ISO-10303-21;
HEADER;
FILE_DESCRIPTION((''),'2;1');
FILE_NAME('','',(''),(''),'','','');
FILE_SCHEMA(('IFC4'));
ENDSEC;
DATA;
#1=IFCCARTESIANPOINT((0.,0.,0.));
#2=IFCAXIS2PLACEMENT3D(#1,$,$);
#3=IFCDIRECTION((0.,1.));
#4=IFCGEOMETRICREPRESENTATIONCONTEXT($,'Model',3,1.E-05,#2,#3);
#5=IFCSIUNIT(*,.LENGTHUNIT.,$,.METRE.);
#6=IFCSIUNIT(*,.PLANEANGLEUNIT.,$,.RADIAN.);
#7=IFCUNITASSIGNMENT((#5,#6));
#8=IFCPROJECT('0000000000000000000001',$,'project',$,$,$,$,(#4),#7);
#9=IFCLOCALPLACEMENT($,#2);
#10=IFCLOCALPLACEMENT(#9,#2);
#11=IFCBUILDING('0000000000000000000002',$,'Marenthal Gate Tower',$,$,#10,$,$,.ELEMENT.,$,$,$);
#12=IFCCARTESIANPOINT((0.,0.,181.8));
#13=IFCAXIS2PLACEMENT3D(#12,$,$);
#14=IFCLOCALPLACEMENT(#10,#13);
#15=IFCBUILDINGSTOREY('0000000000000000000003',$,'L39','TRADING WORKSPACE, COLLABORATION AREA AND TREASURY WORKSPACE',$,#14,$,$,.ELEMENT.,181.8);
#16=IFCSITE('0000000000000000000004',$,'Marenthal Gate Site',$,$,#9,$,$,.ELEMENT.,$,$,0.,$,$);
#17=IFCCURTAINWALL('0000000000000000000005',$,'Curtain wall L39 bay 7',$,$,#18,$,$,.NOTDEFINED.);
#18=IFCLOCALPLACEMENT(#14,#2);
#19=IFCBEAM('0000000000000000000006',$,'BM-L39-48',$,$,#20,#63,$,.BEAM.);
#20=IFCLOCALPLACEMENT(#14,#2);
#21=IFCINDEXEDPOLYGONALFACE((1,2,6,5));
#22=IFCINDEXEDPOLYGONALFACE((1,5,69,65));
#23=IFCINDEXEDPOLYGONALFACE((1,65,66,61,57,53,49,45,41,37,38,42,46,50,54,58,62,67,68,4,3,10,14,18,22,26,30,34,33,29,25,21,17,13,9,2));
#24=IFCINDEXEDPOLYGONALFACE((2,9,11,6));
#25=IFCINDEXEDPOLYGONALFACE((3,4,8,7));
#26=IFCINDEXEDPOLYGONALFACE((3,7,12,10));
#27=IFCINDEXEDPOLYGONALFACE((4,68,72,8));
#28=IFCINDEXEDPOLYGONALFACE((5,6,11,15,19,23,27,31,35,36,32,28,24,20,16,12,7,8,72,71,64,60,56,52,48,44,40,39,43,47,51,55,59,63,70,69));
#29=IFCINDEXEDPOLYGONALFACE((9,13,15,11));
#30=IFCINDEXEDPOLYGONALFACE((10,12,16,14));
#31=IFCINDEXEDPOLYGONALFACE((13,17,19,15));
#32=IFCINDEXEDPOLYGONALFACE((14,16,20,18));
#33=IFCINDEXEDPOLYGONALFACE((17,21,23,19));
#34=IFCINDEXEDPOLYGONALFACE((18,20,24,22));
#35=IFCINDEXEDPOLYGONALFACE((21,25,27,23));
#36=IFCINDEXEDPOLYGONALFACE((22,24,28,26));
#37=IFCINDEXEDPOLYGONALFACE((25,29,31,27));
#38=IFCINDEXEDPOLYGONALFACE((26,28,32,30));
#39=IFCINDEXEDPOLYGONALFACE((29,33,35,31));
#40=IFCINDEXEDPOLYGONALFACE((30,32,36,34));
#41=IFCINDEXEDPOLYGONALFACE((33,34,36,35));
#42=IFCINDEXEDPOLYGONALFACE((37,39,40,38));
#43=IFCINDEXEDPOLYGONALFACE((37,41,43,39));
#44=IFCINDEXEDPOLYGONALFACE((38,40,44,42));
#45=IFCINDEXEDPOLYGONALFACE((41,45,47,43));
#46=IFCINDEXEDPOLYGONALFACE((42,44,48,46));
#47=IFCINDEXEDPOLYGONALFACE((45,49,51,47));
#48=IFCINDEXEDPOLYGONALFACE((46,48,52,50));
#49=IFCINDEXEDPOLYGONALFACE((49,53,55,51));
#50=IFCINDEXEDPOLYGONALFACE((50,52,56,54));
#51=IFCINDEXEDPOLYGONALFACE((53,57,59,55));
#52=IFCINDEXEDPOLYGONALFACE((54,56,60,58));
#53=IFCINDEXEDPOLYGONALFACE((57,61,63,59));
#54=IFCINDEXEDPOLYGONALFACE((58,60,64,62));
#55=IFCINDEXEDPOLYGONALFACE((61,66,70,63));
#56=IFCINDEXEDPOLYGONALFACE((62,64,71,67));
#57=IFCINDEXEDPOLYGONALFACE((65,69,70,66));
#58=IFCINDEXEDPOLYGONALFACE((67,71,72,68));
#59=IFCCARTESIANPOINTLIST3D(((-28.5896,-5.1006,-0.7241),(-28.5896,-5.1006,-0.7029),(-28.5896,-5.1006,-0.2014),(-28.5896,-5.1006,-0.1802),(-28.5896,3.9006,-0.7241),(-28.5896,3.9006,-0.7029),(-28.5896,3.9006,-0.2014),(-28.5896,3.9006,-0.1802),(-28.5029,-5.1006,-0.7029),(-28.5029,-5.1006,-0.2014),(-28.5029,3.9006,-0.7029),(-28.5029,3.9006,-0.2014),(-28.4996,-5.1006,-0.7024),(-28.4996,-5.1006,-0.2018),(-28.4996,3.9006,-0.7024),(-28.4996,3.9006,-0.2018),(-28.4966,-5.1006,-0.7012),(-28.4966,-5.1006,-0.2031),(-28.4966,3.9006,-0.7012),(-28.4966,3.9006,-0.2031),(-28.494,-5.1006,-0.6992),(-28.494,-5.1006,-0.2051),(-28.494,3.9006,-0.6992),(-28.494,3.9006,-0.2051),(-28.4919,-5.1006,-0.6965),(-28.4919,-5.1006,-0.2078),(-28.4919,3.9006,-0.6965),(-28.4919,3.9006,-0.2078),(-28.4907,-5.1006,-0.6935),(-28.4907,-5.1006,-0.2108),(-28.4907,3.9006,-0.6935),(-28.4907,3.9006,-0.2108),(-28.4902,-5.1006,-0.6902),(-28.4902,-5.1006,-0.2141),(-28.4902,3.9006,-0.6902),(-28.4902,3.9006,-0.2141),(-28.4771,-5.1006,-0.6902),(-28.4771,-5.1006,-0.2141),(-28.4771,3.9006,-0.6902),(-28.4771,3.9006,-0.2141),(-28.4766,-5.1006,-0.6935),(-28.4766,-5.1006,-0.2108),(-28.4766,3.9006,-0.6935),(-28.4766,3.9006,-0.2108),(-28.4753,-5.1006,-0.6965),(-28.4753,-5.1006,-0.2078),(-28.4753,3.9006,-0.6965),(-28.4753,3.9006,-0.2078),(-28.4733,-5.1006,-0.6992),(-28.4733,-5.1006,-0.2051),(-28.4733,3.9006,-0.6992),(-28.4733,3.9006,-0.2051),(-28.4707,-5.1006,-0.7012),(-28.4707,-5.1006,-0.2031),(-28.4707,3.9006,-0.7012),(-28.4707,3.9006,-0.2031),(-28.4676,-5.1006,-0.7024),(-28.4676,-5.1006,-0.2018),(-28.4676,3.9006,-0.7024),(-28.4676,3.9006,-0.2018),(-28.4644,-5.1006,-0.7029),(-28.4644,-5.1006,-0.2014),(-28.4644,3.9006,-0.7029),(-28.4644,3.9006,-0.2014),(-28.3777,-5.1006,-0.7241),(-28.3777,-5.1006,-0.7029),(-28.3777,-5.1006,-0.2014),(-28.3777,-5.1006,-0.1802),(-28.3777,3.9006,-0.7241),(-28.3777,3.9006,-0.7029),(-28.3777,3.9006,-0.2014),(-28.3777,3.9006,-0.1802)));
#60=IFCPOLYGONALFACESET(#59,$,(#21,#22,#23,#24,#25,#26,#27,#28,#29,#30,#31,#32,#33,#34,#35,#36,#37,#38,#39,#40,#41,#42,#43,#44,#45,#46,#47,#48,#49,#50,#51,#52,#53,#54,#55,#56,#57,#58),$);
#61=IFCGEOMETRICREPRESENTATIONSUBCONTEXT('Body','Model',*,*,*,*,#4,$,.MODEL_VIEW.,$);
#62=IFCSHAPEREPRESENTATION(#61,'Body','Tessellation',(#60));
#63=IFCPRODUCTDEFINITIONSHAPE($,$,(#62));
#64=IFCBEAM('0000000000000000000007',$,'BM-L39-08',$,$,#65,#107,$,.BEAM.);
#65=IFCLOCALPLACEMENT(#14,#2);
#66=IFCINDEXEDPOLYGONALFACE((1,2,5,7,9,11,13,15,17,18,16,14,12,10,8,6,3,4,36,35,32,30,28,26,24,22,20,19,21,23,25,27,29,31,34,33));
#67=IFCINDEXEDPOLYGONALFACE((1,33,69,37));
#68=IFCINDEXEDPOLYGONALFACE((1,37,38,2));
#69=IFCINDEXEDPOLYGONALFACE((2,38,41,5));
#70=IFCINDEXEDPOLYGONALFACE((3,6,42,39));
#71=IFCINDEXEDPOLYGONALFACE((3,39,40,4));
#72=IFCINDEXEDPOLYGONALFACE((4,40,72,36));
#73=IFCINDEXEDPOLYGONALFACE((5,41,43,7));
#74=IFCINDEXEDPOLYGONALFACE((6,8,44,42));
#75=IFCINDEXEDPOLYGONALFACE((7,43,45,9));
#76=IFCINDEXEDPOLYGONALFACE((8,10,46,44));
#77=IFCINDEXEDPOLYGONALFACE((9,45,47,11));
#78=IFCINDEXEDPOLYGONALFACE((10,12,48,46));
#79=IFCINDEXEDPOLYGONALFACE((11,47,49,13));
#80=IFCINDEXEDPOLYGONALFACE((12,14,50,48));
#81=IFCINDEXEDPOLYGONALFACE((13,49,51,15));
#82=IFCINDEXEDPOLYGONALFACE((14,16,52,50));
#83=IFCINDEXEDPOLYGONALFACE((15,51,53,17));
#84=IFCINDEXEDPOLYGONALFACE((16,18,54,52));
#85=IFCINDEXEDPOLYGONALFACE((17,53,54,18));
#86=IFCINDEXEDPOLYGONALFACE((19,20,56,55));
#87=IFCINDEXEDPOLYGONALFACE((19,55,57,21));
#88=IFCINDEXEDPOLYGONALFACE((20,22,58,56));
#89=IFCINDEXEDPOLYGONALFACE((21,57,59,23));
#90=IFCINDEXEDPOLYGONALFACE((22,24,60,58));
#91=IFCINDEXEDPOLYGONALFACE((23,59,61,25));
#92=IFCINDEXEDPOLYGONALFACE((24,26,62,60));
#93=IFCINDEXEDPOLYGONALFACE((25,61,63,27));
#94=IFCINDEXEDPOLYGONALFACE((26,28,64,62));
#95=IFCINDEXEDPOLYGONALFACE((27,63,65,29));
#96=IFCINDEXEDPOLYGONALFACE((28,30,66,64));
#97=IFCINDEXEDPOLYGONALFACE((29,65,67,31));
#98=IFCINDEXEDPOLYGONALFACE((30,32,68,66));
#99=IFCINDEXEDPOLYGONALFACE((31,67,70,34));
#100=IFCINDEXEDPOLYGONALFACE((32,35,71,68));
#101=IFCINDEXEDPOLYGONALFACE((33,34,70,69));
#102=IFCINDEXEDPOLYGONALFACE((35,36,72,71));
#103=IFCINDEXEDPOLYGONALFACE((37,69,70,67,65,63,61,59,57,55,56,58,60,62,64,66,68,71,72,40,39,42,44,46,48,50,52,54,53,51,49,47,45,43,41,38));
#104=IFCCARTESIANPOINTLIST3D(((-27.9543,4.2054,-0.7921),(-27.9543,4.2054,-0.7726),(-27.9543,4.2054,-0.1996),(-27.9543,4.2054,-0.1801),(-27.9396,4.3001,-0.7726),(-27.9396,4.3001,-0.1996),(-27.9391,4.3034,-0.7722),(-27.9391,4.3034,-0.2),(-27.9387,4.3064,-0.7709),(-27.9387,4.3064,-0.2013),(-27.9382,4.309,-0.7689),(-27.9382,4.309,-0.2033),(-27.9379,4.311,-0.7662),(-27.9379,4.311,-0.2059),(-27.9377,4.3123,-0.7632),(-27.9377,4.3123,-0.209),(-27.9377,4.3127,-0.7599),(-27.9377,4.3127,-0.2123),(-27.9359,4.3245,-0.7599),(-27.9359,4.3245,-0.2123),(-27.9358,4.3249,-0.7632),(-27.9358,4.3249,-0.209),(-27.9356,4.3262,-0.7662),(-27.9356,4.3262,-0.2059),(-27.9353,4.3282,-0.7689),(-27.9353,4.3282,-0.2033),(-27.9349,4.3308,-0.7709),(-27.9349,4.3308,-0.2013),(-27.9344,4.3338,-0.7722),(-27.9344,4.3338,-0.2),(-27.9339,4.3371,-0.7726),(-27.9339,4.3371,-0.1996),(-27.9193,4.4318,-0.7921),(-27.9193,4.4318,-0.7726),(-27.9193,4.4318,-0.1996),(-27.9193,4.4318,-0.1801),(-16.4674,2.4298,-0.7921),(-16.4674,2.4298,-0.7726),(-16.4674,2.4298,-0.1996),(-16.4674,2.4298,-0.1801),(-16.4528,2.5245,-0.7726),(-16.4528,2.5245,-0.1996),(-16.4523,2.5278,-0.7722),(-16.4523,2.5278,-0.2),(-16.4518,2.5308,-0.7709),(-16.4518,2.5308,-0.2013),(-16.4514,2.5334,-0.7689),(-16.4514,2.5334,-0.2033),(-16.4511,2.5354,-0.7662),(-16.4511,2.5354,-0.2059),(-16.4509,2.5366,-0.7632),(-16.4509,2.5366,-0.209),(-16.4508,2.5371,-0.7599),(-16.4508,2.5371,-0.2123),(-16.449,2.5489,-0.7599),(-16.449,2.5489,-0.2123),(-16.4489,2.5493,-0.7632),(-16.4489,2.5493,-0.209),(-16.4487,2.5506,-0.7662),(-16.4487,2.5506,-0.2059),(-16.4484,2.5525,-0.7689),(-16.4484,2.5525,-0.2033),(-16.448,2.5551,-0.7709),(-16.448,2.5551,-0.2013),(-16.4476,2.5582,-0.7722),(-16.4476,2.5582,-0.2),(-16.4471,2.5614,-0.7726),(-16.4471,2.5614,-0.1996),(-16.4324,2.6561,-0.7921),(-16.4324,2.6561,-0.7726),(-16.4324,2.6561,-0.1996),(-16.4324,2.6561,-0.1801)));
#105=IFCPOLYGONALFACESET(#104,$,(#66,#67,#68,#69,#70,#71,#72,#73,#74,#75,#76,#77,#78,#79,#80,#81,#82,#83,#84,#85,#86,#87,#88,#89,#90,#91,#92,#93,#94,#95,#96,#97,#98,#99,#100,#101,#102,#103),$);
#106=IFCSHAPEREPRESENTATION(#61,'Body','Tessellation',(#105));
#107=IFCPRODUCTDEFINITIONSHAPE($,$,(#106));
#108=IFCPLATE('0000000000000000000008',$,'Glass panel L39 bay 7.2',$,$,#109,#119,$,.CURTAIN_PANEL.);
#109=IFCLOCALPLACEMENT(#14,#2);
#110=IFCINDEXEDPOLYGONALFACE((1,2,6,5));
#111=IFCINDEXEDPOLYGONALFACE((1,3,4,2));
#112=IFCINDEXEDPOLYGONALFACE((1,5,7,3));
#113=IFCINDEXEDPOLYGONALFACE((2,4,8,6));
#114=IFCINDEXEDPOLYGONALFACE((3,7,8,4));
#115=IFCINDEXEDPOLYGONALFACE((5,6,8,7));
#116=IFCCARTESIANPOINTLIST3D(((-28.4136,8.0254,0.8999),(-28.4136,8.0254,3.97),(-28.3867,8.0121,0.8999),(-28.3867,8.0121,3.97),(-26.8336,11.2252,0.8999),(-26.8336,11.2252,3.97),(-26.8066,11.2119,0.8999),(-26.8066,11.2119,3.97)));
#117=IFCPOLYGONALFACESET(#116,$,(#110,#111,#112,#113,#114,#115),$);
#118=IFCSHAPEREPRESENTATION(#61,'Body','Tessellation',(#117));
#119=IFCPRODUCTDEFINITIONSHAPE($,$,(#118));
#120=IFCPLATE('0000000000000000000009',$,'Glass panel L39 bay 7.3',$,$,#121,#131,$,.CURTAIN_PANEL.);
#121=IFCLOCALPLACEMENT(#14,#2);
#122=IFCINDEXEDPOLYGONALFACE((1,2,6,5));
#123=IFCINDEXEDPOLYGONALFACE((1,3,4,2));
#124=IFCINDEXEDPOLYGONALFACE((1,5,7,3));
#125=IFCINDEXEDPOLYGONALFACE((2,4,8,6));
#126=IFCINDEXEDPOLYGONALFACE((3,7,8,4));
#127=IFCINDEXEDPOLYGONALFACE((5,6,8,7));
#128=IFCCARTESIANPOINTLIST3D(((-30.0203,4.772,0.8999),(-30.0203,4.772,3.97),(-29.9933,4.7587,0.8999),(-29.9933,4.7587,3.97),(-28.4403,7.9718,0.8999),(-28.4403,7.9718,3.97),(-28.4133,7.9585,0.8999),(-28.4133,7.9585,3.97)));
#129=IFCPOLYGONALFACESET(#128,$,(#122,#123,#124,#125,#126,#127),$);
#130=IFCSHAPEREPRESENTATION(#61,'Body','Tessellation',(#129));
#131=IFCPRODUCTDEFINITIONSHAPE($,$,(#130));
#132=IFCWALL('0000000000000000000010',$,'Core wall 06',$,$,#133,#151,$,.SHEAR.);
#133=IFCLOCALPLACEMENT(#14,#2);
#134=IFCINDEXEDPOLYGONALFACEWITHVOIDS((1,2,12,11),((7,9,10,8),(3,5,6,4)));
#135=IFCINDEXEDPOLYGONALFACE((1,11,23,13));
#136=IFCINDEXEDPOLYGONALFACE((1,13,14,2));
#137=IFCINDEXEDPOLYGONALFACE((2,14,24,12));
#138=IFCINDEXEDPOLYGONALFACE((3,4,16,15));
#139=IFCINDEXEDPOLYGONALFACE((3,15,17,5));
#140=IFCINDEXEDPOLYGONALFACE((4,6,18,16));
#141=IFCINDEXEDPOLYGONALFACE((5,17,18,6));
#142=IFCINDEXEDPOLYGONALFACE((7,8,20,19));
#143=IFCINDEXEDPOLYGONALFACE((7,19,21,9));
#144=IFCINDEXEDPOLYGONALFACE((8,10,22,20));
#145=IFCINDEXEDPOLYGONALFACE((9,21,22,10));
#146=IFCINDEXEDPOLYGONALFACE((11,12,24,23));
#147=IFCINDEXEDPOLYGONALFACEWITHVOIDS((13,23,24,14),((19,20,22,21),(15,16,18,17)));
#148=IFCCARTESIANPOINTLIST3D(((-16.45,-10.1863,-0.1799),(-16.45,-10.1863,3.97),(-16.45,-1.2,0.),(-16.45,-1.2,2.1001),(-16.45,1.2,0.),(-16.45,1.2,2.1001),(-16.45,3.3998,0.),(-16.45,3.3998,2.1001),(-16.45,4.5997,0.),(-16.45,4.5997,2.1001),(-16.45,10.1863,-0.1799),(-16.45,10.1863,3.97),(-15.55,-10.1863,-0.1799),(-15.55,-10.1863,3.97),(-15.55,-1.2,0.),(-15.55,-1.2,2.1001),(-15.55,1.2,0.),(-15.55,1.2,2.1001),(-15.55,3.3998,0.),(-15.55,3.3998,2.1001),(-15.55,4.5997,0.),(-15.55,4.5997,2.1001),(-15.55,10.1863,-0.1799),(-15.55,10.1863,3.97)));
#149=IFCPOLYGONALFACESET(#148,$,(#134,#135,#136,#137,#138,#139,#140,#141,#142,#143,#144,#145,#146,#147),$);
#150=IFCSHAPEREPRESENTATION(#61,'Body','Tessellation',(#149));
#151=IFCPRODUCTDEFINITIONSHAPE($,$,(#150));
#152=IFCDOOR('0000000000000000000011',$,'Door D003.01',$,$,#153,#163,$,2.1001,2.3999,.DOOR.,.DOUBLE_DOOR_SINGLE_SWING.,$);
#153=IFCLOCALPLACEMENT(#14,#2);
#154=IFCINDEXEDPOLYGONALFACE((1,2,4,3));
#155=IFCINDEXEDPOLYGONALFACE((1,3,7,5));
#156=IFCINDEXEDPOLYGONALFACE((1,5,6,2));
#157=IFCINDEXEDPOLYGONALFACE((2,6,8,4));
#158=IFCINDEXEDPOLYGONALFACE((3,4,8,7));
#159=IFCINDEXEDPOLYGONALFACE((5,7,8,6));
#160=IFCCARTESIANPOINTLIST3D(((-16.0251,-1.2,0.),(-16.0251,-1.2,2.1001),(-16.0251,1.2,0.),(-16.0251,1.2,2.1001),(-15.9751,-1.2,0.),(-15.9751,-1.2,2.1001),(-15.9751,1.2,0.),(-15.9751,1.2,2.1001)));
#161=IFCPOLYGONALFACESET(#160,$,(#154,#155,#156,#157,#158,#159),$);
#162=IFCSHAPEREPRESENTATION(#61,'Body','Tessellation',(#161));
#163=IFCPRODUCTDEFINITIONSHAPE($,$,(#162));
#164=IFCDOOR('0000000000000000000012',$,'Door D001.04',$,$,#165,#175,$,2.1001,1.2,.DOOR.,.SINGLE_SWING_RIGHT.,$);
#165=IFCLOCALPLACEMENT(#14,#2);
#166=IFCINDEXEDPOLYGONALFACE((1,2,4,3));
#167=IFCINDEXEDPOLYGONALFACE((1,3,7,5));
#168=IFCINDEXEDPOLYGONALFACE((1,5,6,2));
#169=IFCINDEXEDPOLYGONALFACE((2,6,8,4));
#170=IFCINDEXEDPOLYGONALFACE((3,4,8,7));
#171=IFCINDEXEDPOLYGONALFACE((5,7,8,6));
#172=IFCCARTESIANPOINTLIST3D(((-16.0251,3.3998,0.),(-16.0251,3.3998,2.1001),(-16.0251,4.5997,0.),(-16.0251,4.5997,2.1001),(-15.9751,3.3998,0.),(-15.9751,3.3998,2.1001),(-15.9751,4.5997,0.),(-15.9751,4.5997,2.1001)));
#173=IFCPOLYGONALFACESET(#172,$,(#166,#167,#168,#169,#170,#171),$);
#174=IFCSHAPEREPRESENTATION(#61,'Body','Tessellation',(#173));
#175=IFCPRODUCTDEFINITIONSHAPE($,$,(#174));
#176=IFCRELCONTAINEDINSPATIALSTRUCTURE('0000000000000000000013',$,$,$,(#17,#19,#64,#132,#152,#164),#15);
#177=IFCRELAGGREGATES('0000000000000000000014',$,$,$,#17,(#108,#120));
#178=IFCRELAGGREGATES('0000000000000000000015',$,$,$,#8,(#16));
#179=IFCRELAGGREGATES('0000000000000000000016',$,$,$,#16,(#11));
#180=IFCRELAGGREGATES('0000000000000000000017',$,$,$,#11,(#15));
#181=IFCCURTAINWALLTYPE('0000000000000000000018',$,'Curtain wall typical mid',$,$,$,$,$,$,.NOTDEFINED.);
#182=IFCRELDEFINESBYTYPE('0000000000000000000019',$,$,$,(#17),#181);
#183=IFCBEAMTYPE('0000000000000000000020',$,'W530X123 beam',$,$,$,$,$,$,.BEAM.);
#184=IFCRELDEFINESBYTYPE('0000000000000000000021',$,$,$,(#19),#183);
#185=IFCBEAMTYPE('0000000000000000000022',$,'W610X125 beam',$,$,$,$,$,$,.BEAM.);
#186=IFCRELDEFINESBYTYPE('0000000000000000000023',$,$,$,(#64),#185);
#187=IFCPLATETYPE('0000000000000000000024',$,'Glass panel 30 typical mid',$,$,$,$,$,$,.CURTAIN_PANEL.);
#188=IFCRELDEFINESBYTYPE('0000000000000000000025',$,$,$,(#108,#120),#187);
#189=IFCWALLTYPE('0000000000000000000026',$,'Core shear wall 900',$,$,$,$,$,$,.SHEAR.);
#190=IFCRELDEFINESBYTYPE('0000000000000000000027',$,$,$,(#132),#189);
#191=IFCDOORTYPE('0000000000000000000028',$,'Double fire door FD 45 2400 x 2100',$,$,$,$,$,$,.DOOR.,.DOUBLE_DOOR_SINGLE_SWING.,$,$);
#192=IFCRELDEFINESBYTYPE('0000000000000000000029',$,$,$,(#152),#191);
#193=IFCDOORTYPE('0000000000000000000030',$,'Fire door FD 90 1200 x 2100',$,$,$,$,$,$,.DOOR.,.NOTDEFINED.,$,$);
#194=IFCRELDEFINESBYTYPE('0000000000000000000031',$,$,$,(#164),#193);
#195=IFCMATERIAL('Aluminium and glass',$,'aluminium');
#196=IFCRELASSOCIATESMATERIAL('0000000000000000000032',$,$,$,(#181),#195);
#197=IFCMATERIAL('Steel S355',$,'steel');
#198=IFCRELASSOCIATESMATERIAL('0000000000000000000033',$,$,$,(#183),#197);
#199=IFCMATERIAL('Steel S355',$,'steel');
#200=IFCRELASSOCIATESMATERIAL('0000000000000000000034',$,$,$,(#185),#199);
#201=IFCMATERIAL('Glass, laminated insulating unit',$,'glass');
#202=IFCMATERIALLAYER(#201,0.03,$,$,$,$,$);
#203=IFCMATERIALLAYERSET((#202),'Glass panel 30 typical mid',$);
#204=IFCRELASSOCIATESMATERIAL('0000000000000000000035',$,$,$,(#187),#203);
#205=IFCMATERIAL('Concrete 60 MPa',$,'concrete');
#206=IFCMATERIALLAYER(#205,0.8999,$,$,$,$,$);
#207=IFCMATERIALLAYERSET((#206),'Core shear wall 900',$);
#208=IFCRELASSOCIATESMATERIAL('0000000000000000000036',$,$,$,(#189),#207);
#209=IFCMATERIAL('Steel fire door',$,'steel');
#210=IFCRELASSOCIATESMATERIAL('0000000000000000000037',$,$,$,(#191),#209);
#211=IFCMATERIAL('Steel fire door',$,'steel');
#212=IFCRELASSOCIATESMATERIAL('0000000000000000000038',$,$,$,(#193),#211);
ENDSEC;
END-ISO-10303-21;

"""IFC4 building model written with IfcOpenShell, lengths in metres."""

from ifc_helpers import new_model, si_unit, direction, frame, frame_2d, origin, origin_2d, place, context, subcontext, project, spatial, rectangle, i_section, extrude, material, layer, layer_set, material_profile, profile_set, type_object, element, fill, aggregate, save


model = new_model("IFC4")

# Units and contexts
model_context = context("Model", 3, precision=1e-05, world=origin(), true_north=direction((0.0, 1.0)))
body_context = subcontext(model_context, "Body", "Model", "MODEL_VIEW")
ifc_project = project(units=[si_unit("LENGTHUNIT", "METRE"), si_unit("PLANEANGLEUNIT", "RADIAN")], contexts=[model_context])

# Site, building, storey
site_placement = place(None, origin())
site = spatial("IfcSite", under=ifc_project, at=site_placement, Name="Marenthal Gate Site", CompositionType="ELEMENT", RefElevation=0.0)
building_placement = place(site_placement, origin())
building = spatial("IfcBuilding", under=site, at=building_placement, Name="Marenthal Gate Tower", CompositionType="ELEMENT")
storey_placement = place(building_placement, frame((0.0, 0.0, 181.8)))
storey = spatial("IfcBuildingStorey", under=building, at=storey_placement, Name="L39", Description="TRADING WORKSPACE, COLLABORATION AREA AND TREASURY WORKSPACE", CompositionType="ELEMENT", Elevation=181.8)

# Curtain wall
ifc_material_1 = material(Name="Aluminium and glass", Category="aluminium")
curtain_wall_type = type_object("IfcCurtainWallType", Name="Curtain wall typical mid", PredefinedType="NOTDEFINED", material=ifc_material_1)
curtain_wall_placement = place(storey_placement, origin())
curtain_wall = element("IfcCurtainWall", 1, at=curtain_wall_placement, inside=storey, type_object=curtain_wall_type, Name="Curtain wall L39 bay 7", PredefinedType="NOTDEFINED")

# Beams
ifc_material_2 = material(Name="Steel S355", Category="steel")
ifc_material_profile_1 = material_profile(ifc_material_2, i_section(OverallWidth=0.2119, OverallDepth=0.5439, WebThickness=0.0132, FlangeThickness=0.0212, FilletRadius=0.0127, at=origin_2d()), Name="W530X123")
ifc_profile_set_1 = profile_set([ifc_material_profile_1], Name="Steel S355")
beam_type_1 = type_object("IfcBeamType", Name="W530X123 beam", PredefinedType="BEAM", material=ifc_profile_set_1)
beam_1_placement = place(storey_placement, frame((-28.4836, 3.9006, -0.4521), z_axis=(0.0, -1.0, 0.0), x_axis=(1.0, 0.0, 0.0)))
element("IfcBeam", 2, at=beam_1_placement, inside=storey, type_object=beam_type_1, Name="BM-L39-48", PredefinedType="BEAM", context=body_context, shape_type="SweptSolid", body=[
    extrude(i_section(OverallWidth=0.2119, OverallDepth=0.5439, WebThickness=0.0132, FlangeThickness=0.0212, FilletRadius=0.0127, at=origin_2d()), origin(), (0.0, 0.0, 1.0), 9.0012),
])
ifc_material_3 = material(Name="Steel S355", Category="steel")
ifc_material_profile_2 = material_profile(ifc_material_3, i_section(OverallWidth=0.229, OverallDepth=0.6121, WebThickness=0.012, FlangeThickness=0.0195, FilletRadius=0.0127, at=origin_2d()), Name="W610X125")
ifc_profile_set_2 = profile_set([ifc_material_profile_2], Name="Steel S355")
beam_type_2 = type_object("IfcBeamType", Name="W610X125 beam", PredefinedType="BEAM", material=ifc_profile_set_2)
beam_2_placement = place(storey_placement, frame((-27.9368, 4.3186, -0.4861), z_axis=(0.988262, -0.152766, 0.0), x_axis=(0.152766, 0.988262, 0.0)))
element("IfcBeam", 3, at=beam_2_placement, inside=storey, type_object=beam_type_2, Name="BM-L39-08", PredefinedType="BEAM", context=body_context, shape_type="SweptSolid", body=[
    extrude(i_section(OverallWidth=0.229, OverallDepth=0.6121, WebThickness=0.012, FlangeThickness=0.0195, FilletRadius=0.0127, at=origin_2d()), origin(), (0.0, 0.0, 1.0), 11.6233),
])

# Plates
ifc_material_4 = material(Name="Glass, laminated insulating unit", Category="glass")
ifc_layer_1 = layer(ifc_material_4, 0.03)
ifc_layer_set_1 = layer_set([ifc_layer_1], Name="Glass panel 30 typical mid")
plate_type = type_object("IfcPlateType", Name="Glass panel 30 typical mid", PredefinedType="CURTAIN_PANEL", material=ifc_layer_set_1)
plate_1_placement = place(storey_placement, frame((-27.6101, 9.6187, 0.8999), z_axis=(0.0, 0.0, 1.0), x_axis=(-0.442753, -0.896643, 0.0)))
plate_1 = element("IfcPlate", 4, at=plate_1_placement, type_object=plate_type, Name="Glass panel L39 bay 7.2", PredefinedType="CURTAIN_PANEL", context=body_context, shape_type="SweptSolid", body=[
    extrude(rectangle(XDim=3.5686, YDim=0.03, at=origin_2d()), origin(), (0.0, 0.0, 1.0), 3.0701),
])
plate_2_placement = place(storey_placement, frame((-29.2168, 6.3652, 0.8999), z_axis=(0.0, 0.0, 1.0), x_axis=(-0.442753, -0.896643, 0.0)))
plate_2 = element("IfcPlate", 5, at=plate_2_placement, type_object=plate_type, Name="Glass panel L39 bay 7.3", PredefinedType="CURTAIN_PANEL", context=body_context, shape_type="SweptSolid", body=[
    extrude(rectangle(XDim=3.5686, YDim=0.03, at=origin_2d()), origin(), (0.0, 0.0, 1.0), 3.0701),
])
aggregate(curtain_wall, [plate_1, plate_2])

# Wall, openings, doors
ifc_material_5 = material(Name="Concrete 60 MPa", Category="concrete")
ifc_layer_2 = layer(ifc_material_5, 0.8999)
ifc_layer_set_2 = layer_set([ifc_layer_2], Name="Core shear wall 900")
wall_type_1 = type_object("IfcWallType", Name="Core shear wall 900", PredefinedType="SHEAR", material=ifc_layer_set_2)
wall_1_placement = place(storey_placement, frame((-16.0, 10.1863, -0.1799), z_axis=(0.0, 0.0, 1.0), x_axis=(0.0, -1.0, 0.0)))
wall_1 = element("IfcWall", 6, at=wall_1_placement, inside=storey, type_object=wall_type_1, Name="Core wall 06", PredefinedType="SHEAR", context=body_context, shape_type="SweptSolid", body=[
    extrude(rectangle(XDim=20.3726, YDim=0.8999, at=frame_2d((10.1863, 0.0))), origin(), (0.0, 0.0, 1.0), 4.1499),
])
opening_1_placement = place(wall_1_placement, frame((8.9863, 0.0, 0.1799)))
opening_1 = element("IfcOpeningElement", 7, at=opening_1_placement, cuts=wall_1, PredefinedType="OPENING", context=body_context, shape_type="SweptSolid", body=[
    extrude(rectangle(XDim=2.3999, YDim=2.1001, at=frame_2d((1.2, 1.05))), frame((0.0, 0.46, 0.0), z_axis=(0.0, -1.0, 0.0), x_axis=(1.0, 0.0, 0.0)), (0.0, 0.0, 1.0), 0.9199),
])
opening_2_placement = place(wall_1_placement, frame((5.5864, 0.0, 0.1799)))
opening_2 = element("IfcOpeningElement", 8, at=opening_2_placement, cuts=wall_1, PredefinedType="OPENING", context=body_context, shape_type="SweptSolid", body=[
    extrude(rectangle(XDim=1.2, YDim=2.1001, at=frame_2d((0.6001, 1.05))), frame((0.0, 0.46, 0.0), z_axis=(0.0, -1.0, 0.0), x_axis=(1.0, 0.0, 0.0)), (0.0, 0.0, 1.0), 0.9199),
])
ifc_material_6 = material(Name="Steel fire door", Category="steel")
door_type_1 = type_object("IfcDoorType", Name="Double fire door FD 45 2400 x 2100", OperationType="DOUBLE_DOOR_SINGLE_SWING", PredefinedType="DOOR", material=ifc_material_6)
door_1_placement = place(opening_1_placement, origin())
door_1 = element("IfcDoor", 9, at=door_1_placement, inside=storey, type_object=door_type_1, Name="Door D003.01", OperationType="DOUBLE_DOOR_SINGLE_SWING", OverallHeight=2.1001, OverallWidth=2.3999, PredefinedType="DOOR", context=body_context, shape_type="SweptSolid", body=[
    extrude(rectangle(XDim=2.3999, YDim=2.1001, at=frame_2d((1.2, 1.05))), frame((0.0, 0.0249, 0.0), z_axis=(0.0, -1.0, 0.0), x_axis=(1.0, 0.0, 0.0)), (0.0, 0.0, 1.0), 0.05),
])
fill(opening_1, door_1)
ifc_material_7 = material(Name="Steel fire door", Category="steel")
door_type_2 = type_object("IfcDoorType", Name="Fire door FD 90 1200 x 2100", OperationType="NOTDEFINED", PredefinedType="DOOR", material=ifc_material_7)
door_2_placement = place(opening_2_placement, origin())
door_2 = element("IfcDoor", 10, at=door_2_placement, inside=storey, type_object=door_type_2, Name="Door D001.04", OperationType="SINGLE_SWING_RIGHT", OverallHeight=2.1001, OverallWidth=1.2, PredefinedType="DOOR", context=body_context, shape_type="SweptSolid", body=[
    extrude(rectangle(XDim=1.2, YDim=2.1001, at=frame_2d((0.6001, 1.05))), frame((0.0, 0.0249, 0.0), z_axis=(0.0, -1.0, 0.0), x_axis=(1.0, 0.0, 0.0)), (0.0, 0.0, 1.0), 0.05),
])
fill(opening_2, door_2)

save(model, "model.ifc")
